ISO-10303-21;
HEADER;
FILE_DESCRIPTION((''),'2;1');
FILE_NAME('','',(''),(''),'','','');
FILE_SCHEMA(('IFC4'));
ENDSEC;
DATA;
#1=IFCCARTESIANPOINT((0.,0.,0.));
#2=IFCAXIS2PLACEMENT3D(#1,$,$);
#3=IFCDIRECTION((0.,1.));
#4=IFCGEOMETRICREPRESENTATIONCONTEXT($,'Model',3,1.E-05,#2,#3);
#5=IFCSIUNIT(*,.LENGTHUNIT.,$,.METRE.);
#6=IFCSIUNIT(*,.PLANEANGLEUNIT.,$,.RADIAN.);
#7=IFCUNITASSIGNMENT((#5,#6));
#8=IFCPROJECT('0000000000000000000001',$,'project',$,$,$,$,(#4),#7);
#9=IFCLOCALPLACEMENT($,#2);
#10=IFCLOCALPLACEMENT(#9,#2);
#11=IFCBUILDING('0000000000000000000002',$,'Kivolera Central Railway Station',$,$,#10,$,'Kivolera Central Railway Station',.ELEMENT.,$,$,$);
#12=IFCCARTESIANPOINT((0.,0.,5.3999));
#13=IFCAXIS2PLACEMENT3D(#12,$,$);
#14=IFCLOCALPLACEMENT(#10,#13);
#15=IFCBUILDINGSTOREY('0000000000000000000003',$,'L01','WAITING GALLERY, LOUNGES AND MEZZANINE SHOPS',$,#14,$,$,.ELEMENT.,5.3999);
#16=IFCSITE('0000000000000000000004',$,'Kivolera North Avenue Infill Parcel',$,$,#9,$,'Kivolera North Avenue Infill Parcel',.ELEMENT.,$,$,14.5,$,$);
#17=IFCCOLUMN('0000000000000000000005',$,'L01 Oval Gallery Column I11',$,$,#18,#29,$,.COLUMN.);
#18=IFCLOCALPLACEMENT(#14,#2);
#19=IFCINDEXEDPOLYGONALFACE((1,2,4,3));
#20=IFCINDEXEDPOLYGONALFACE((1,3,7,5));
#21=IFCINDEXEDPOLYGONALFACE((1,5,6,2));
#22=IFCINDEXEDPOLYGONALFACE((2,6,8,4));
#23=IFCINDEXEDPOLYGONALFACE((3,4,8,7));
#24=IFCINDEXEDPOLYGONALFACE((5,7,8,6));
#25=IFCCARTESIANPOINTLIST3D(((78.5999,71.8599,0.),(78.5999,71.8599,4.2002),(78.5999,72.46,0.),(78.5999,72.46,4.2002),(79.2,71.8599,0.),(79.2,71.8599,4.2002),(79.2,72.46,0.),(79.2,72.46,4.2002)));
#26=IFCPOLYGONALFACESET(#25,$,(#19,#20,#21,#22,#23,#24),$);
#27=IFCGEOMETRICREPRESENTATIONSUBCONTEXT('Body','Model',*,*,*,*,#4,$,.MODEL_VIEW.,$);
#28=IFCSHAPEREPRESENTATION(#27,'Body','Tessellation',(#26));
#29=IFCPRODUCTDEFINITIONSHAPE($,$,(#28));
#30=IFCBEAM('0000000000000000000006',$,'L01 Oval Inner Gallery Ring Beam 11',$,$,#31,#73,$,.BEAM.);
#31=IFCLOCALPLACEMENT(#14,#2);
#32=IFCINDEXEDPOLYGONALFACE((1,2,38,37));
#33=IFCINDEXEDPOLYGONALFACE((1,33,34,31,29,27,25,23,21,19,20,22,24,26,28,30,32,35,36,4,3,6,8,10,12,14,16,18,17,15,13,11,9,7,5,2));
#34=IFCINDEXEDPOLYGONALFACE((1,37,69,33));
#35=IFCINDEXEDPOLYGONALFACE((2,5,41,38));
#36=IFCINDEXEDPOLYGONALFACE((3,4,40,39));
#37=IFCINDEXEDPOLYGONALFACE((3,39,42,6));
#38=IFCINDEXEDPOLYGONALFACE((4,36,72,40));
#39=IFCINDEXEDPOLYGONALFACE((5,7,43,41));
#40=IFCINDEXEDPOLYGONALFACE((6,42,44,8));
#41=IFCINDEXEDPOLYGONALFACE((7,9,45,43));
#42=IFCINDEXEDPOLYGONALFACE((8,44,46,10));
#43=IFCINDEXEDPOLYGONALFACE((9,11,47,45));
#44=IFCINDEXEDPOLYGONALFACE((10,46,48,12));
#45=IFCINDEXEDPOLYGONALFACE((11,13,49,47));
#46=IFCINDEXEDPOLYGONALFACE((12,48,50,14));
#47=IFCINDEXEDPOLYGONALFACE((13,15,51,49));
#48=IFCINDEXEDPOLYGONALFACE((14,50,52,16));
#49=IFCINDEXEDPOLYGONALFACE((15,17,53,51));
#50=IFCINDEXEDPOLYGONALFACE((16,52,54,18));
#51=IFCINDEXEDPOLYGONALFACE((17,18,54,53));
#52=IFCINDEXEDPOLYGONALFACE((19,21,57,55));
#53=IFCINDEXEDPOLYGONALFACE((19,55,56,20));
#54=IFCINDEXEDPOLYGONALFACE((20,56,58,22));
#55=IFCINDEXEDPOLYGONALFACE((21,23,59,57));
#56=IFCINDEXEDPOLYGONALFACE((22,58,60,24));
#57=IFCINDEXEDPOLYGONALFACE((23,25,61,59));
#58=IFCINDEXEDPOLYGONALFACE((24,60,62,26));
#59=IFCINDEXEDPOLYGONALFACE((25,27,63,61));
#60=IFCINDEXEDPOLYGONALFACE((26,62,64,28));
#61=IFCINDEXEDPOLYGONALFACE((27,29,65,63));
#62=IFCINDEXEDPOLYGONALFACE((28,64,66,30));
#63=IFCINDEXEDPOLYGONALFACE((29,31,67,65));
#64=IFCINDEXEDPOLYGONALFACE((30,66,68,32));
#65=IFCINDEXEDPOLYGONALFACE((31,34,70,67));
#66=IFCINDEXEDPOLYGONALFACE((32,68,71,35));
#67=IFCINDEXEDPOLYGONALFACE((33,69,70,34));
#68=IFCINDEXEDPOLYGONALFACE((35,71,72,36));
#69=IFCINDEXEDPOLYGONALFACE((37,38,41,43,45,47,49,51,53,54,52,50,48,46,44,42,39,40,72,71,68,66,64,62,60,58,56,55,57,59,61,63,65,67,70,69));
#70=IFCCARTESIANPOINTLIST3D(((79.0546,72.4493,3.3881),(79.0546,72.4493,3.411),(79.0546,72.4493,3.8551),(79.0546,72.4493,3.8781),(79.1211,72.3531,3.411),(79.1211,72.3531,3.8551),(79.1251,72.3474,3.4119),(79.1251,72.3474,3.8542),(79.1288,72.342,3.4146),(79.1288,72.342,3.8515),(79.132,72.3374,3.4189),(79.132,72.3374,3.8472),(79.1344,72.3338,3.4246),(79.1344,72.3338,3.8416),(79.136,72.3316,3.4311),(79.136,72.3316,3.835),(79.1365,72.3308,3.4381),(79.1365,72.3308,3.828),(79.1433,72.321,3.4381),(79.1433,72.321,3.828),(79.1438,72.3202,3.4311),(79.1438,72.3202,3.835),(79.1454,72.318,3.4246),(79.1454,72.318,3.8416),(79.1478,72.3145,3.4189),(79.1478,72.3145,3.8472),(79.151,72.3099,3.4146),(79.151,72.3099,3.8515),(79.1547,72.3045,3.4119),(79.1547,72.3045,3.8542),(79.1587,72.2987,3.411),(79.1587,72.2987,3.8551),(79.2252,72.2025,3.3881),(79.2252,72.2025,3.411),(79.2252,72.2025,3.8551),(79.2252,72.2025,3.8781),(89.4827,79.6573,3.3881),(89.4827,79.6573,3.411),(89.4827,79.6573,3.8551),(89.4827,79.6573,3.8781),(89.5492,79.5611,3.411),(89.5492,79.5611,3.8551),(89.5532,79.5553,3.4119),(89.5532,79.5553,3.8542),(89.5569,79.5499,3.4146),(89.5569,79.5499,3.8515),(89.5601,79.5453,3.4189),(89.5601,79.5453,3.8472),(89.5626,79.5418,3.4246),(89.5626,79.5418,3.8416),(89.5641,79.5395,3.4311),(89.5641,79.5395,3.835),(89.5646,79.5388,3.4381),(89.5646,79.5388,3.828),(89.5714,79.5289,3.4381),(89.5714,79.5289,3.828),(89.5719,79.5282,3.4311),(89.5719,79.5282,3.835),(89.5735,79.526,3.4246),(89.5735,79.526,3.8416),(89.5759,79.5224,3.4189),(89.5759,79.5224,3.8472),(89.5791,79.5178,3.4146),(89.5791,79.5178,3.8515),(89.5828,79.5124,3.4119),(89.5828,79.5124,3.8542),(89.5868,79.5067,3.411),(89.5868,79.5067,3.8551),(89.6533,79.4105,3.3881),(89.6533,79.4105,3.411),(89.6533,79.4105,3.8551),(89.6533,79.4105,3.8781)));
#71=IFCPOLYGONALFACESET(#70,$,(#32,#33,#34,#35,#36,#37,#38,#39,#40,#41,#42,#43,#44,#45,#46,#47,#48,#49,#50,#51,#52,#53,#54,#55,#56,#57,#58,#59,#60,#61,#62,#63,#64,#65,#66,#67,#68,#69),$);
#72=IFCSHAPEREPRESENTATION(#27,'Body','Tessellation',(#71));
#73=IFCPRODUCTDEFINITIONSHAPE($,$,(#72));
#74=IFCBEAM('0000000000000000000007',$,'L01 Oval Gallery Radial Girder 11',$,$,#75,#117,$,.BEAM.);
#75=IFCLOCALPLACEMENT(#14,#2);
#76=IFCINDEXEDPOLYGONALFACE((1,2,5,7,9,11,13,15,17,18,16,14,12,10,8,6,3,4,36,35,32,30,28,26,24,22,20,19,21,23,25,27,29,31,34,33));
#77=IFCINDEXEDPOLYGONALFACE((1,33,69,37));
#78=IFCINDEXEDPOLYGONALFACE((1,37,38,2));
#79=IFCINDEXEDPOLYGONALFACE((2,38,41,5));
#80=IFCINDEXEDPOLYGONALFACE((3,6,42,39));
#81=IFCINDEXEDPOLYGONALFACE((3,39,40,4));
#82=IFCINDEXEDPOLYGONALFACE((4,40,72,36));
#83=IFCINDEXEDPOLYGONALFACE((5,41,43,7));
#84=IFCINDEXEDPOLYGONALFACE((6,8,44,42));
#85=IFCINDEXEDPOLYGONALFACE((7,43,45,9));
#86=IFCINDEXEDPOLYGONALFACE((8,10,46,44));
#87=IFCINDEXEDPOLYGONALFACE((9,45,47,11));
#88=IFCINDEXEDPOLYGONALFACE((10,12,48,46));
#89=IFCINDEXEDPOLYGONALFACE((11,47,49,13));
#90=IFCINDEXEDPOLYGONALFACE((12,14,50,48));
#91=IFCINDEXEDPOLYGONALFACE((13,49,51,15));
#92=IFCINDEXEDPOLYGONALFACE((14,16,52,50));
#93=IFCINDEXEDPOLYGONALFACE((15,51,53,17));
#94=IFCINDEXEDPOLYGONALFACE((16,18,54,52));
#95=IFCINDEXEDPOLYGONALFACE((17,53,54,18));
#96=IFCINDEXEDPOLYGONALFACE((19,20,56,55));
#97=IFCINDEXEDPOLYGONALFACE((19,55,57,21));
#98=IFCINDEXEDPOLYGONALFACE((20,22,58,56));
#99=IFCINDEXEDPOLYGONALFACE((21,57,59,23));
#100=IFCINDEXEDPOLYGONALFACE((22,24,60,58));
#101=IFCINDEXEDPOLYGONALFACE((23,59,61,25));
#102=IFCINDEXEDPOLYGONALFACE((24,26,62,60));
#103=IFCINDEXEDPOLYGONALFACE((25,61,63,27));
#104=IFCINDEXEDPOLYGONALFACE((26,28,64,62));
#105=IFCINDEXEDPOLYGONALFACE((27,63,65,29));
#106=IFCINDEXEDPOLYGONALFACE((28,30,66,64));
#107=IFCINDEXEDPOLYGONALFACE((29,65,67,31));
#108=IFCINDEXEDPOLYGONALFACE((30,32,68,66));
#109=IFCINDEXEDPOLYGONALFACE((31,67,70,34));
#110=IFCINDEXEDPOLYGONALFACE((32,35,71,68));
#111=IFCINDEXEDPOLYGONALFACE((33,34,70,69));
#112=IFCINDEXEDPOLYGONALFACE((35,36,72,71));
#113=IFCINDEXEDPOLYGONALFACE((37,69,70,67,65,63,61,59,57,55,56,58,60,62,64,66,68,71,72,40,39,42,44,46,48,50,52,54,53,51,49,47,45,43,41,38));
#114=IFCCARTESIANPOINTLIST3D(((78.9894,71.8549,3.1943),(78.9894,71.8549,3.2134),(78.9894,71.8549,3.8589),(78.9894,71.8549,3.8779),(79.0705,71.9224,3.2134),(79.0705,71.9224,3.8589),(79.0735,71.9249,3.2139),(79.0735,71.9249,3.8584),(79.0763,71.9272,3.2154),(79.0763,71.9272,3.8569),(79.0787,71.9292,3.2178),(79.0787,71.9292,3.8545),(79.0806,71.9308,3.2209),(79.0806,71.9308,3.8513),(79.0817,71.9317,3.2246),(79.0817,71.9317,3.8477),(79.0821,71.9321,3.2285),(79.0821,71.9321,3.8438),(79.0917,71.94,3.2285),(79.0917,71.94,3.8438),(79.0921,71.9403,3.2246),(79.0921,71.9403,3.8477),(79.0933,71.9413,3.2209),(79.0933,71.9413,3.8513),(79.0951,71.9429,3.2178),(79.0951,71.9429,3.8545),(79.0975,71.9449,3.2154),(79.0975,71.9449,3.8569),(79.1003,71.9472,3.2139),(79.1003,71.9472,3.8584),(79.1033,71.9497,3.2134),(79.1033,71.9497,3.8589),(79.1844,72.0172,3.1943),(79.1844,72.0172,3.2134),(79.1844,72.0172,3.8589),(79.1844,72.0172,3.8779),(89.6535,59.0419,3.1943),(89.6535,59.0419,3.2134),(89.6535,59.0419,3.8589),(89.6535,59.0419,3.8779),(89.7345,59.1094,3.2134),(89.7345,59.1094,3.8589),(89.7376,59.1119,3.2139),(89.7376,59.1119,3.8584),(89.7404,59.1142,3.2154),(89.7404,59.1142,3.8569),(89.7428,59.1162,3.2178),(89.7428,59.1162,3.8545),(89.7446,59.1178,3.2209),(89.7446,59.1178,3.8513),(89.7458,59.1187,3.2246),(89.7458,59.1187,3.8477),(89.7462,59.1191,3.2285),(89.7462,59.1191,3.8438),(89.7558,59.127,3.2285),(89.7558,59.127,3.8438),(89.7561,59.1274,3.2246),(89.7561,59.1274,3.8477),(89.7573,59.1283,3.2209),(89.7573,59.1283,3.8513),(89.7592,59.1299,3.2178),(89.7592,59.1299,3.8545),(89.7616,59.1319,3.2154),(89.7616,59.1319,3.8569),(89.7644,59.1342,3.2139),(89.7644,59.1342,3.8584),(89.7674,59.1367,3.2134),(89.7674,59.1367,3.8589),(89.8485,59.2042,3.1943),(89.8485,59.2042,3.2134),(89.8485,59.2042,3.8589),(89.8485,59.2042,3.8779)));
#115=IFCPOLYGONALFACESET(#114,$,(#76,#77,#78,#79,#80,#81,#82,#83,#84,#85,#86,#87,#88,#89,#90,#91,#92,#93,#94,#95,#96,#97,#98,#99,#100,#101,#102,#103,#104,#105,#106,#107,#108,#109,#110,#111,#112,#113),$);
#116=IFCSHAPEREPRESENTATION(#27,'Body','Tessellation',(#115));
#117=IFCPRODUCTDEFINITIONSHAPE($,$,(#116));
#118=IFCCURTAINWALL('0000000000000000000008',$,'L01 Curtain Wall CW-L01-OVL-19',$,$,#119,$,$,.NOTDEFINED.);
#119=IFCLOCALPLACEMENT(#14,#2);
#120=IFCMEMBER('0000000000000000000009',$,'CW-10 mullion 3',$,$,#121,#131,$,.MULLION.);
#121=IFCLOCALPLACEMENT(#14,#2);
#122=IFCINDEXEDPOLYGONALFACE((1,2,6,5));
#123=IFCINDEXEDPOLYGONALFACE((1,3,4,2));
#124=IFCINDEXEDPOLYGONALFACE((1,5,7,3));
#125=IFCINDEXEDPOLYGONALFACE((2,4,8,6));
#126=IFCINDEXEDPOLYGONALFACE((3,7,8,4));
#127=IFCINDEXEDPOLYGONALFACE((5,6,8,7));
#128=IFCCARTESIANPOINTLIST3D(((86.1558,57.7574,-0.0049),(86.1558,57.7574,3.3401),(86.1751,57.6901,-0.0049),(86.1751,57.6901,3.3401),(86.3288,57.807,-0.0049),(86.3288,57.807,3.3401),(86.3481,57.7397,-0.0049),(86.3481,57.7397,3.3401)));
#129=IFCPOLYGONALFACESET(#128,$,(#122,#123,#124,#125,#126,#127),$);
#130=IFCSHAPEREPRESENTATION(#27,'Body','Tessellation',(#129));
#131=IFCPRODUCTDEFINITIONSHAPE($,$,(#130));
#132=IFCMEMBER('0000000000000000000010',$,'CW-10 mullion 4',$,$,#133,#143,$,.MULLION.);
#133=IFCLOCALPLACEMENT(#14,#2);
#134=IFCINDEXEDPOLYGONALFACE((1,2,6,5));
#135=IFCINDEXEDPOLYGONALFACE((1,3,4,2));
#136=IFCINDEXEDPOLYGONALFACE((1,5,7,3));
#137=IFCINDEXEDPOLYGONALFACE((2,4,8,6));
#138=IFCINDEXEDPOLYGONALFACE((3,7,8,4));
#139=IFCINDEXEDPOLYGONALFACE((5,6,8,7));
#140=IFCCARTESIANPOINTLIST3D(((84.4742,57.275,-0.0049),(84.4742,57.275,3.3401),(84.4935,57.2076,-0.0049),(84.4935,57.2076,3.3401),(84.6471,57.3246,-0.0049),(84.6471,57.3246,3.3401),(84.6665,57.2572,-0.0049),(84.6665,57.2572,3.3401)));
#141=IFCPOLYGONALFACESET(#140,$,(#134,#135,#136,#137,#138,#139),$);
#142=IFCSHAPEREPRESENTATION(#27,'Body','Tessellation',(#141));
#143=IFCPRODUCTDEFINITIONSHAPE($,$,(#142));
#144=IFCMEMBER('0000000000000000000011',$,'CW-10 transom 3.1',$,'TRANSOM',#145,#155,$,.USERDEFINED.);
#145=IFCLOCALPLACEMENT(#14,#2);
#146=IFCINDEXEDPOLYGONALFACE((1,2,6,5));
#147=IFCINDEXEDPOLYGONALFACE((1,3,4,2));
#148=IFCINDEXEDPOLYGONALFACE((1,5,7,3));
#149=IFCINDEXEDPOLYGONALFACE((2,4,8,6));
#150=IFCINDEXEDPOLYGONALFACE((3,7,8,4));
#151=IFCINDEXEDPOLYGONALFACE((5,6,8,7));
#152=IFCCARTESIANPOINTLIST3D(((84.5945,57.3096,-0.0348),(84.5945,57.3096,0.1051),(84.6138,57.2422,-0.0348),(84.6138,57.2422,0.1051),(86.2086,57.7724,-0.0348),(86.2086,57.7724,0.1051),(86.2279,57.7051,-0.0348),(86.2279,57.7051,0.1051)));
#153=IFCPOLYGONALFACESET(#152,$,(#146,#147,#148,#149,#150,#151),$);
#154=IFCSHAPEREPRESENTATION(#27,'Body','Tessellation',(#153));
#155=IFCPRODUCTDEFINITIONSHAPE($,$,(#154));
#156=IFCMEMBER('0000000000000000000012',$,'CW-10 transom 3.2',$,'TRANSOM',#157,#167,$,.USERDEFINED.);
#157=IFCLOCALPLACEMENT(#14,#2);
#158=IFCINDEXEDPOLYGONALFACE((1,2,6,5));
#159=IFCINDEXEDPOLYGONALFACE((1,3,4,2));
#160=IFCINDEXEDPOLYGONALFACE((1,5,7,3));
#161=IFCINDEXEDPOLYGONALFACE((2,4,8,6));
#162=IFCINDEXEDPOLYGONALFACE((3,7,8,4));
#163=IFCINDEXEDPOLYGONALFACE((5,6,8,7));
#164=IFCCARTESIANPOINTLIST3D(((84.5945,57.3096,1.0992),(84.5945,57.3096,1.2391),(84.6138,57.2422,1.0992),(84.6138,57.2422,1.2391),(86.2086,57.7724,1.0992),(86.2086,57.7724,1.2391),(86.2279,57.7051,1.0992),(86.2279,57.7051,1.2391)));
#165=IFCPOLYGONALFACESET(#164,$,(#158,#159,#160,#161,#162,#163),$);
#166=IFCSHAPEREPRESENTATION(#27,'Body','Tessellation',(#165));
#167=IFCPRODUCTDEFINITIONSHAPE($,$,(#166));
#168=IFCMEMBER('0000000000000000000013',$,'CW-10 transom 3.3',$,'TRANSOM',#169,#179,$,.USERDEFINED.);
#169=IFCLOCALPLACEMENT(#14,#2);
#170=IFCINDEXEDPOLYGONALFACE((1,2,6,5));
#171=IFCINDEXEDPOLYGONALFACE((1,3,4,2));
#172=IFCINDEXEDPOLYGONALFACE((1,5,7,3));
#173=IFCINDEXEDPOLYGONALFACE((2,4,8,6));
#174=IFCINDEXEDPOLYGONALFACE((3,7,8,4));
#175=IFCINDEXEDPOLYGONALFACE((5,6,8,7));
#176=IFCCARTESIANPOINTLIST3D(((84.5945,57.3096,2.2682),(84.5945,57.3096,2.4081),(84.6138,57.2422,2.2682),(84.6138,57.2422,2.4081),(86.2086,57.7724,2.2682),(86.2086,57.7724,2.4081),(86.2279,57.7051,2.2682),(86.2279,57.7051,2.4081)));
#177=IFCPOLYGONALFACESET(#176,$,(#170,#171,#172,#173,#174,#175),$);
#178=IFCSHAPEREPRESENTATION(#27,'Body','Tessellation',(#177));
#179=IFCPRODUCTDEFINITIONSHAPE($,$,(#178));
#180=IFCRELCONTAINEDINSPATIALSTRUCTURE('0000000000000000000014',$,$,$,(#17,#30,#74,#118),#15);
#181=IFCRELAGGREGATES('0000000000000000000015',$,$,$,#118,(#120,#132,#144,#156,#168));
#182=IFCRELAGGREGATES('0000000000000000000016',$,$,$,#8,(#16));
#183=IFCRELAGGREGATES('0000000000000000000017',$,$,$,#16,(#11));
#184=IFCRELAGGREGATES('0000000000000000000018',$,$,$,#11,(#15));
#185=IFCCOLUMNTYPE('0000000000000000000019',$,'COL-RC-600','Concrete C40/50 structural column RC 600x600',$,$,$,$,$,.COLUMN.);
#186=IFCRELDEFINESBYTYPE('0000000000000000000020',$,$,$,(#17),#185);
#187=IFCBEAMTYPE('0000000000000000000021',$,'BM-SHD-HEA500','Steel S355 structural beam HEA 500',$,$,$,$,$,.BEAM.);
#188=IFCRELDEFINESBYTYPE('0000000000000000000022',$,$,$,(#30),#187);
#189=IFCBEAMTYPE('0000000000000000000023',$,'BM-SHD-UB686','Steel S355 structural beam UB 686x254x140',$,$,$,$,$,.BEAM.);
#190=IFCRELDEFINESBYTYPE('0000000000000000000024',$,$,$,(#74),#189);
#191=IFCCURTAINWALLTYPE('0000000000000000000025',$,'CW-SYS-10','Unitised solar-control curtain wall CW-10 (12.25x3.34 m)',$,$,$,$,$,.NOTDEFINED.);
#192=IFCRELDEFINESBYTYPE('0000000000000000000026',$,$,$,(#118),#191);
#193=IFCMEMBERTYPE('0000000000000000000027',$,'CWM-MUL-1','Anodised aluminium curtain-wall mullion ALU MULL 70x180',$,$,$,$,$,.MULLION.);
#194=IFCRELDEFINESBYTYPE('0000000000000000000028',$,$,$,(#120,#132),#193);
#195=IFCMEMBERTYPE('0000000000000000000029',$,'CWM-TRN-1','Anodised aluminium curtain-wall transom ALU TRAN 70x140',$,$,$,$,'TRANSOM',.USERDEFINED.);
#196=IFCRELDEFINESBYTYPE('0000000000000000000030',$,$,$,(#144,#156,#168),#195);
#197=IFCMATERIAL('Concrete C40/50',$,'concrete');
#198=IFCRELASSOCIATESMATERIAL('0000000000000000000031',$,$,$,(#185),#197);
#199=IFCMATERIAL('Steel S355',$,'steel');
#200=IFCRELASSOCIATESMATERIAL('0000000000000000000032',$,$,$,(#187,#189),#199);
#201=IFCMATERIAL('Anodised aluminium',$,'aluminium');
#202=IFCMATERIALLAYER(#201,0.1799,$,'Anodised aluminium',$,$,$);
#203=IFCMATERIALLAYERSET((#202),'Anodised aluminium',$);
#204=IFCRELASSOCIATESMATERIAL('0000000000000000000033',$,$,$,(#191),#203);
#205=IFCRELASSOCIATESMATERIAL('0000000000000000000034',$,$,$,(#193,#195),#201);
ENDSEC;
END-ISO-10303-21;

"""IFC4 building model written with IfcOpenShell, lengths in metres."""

from ifc_helpers import new_model, si_unit, direction, frame, origin, origin_2d, place, context, subcontext, project, spatial, rectangle, i_section, extrude, material, layer, layer_set, material_profile, profile_set, type_object, element, aggregate, save


model = new_model("IFC4")

# Units and contexts
model_context = context("Model", 3, precision=1e-05, world=origin(), true_north=direction((0.0, 1.0)))
body_context = subcontext(model_context, "Body", "Model", "MODEL_VIEW")
ifc_project = project(units=[si_unit("LENGTHUNIT", "METRE"), si_unit("PLANEANGLEUNIT", "RADIAN")], contexts=[model_context])

# Site, building, storey
site_placement = place(None, origin())
site = spatial("IfcSite", under=ifc_project, at=site_placement, Name="Kivolera North Avenue Infill Parcel", LongName="Kivolera North Avenue Infill Parcel", CompositionType="ELEMENT", RefElevation=14.5)
building_placement = place(site_placement, origin())
building = spatial("IfcBuilding", under=site, at=building_placement, Name="Kivolera Central Railway Station", LongName="Kivolera Central Railway Station", CompositionType="ELEMENT")
storey_placement = place(building_placement, frame((0.0, 0.0, 5.3999)))
storey = spatial("IfcBuildingStorey", under=building, at=storey_placement, Name="L01", Description="WAITING GALLERY, LOUNGES AND MEZZANINE SHOPS", CompositionType="ELEMENT", Elevation=5.3999)

# Column
ifc_material_1 = material(Name="Concrete C40/50", Category="concrete")
ifc_material_profile_1 = material_profile(ifc_material_1, rectangle(XDim=0.6001, YDim=0.6001, at=origin_2d()), Name="RC 600x600")
ifc_profile_set_1 = profile_set([ifc_material_profile_1], Name="Concrete C40/50")
column_type = type_object("IfcColumnType", Name="COL-RC-600", Description="Concrete C40/50 structural column RC 600x600", PredefinedType="COLUMN", material=ifc_profile_set_1)
column_placement = place(storey_placement, frame((78.8999, 72.1599, 0.0), z_axis=(0.0, 0.0, 1.0), x_axis=(1.0, 0.0, 0.0)))
element("IfcColumn", 1, at=column_placement, inside=storey, type_object=column_type, Name="L01 Oval Gallery Column I11", PredefinedType="COLUMN", context=body_context, shape_type="SweptSolid", body=[
    extrude(rectangle(XDim=0.6001, YDim=0.6001, at=origin_2d()), origin(), (0.0, 0.0, 1.0), 4.2002),
])

# Beams
ifc_material_2 = material(Name="Steel S355", Category="steel")
ifc_material_profile_2 = material_profile(ifc_material_2, i_section(OverallWidth=0.3, OverallDepth=0.49, WebThickness=0.012, FlangeThickness=0.0229, FilletRadius=0.0271, at=origin_2d()), Name="HEA 500")
ifc_profile_set_2 = profile_set([ifc_material_profile_2], Name="Steel S355")
beam_type_1 = type_object("IfcBeamType", Name="BM-SHD-HEA500", Description="Steel S355 structural beam HEA 500", PredefinedType="BEAM", material=ifc_profile_set_2)
beam_1_placement = place(storey_placement, frame((79.1399, 72.3259, 3.6331), z_axis=(0.822618, 0.568595, 0.0), x_axis=(-0.568595, 0.822618, 0.0)))
element("IfcBeam", 2, at=beam_1_placement, inside=storey, type_object=beam_type_1, Name="L01 Oval Inner Gallery Ring Beam 11", PredefinedType="BEAM", context=body_context, shape_type="SweptSolid", body=[
    extrude(i_section(OverallWidth=0.3, OverallDepth=0.49, WebThickness=0.012, FlangeThickness=0.0229, FilletRadius=0.0271, at=origin_2d()), origin(), (0.0, 0.0, 1.0), 12.6768),
])
ifc_material_profile_3 = material_profile(ifc_material_2, i_section(OverallWidth=0.2537, OverallDepth=0.6836, WebThickness=0.0125, FlangeThickness=0.019, FilletRadius=0.0151, at=origin_2d()), Name="UB 686x254x140")
ifc_profile_set_3 = profile_set([ifc_material_profile_3], Name="Steel S355")
beam_type_2 = type_object("IfcBeamType", Name="BM-SHD-UB686", Description="Steel S355 structural beam UB 686x254x140", PredefinedType="BEAM", material=ifc_profile_set_3)
beam_2_placement = place(storey_placement, frame((79.0869, 71.936, 3.5361), z_axis=(0.639709, -0.768617, 0.0), x_axis=(0.768617, 0.639709, 0.0)))
element("IfcBeam", 3, at=beam_2_placement, inside=storey, type_object=beam_type_2, Name="L01 Oval Gallery Radial Girder 11", PredefinedType="BEAM", context=body_context, shape_type="SweptSolid", body=[
    extrude(i_section(OverallWidth=0.2537, OverallDepth=0.6836, WebThickness=0.0125, FlangeThickness=0.019, FilletRadius=0.0151, at=origin_2d()), origin(), (0.0, 0.0, 1.0), 16.6702),
])

# Curtain wall, members
ifc_material_3 = material(Name="Anodised aluminium", Category="aluminium")
ifc_layer_1 = layer(ifc_material_3, 0.1799, Name="Anodised aluminium")
ifc_layer_set_1 = layer_set([ifc_layer_1], Name="Anodised aluminium")
curtain_wall_type = type_object("IfcCurtainWallType", Name="CW-SYS-10", Description="Unitised solar-control curtain wall CW-10 (12.25x3.34 m)", PredefinedType="NOTDEFINED", material=ifc_layer_set_1)
curtain_wall_placement = place(storey_placement, origin())
curtain_wall = element("IfcCurtainWall", 4, at=curtain_wall_placement, inside=storey, type_object=curtain_wall_type, Name="L01 Curtain Wall CW-L01-OVL-19", PredefinedType="NOTDEFINED")
ifc_material_profile_4 = material_profile(ifc_material_3, rectangle(XDim=0.0701, YDim=0.1799, at=origin_2d()), Name="ALU MULL 70x180")
ifc_profile_set_4 = profile_set([ifc_material_profile_4], Name="Anodised aluminium")
member_type_1 = type_object("IfcMemberType", Name="CWM-MUL-1", Description="Anodised aluminium curtain-wall mullion ALU MULL 70x180", PredefinedType="MULLION", material=ifc_profile_set_4)
member_1_placement = place(storey_placement, frame((86.252, 57.7485, -0.0049), z_axis=(0.0, 0.0, 1.0), x_axis=(0.275692, -0.961246, 0.0)))
member_1 = element("IfcMember", 5, at=member_1_placement, type_object=member_type_1, Name="CW-10 mullion 3", PredefinedType="MULLION", context=body_context, shape_type="SweptSolid", body=[
    extrude(rectangle(XDim=0.0701, YDim=0.1799, at=origin_2d()), origin(), (0.0, 0.0, 1.0), 3.345),
])
member_2_placement = place(storey_placement, frame((84.5703, 57.2661, -0.0049), z_axis=(0.0, 0.0, 1.0), x_axis=(0.275692, -0.961246, 0.0)))
member_2 = element("IfcMember", 6, at=member_2_placement, type_object=member_type_1, Name="CW-10 mullion 4", PredefinedType="MULLION", context=body_context, shape_type="SweptSolid", body=[
    extrude(rectangle(XDim=0.0701, YDim=0.1799, at=origin_2d()), origin(), (0.0, 0.0, 1.0), 3.345),
])
ifc_material_profile_5 = material_profile(ifc_material_3, rectangle(XDim=0.0701, YDim=0.1399, at=origin_2d()), Name="ALU TRAN 70x140")
ifc_profile_set_5 = profile_set([ifc_material_profile_5], Name="Anodised aluminium")
member_type_2 = type_object("IfcMemberType", Name="CWM-TRN-1", Description="Anodised aluminium curtain-wall transom ALU TRAN 70x140", ElementType="TRANSOM", PredefinedType="USERDEFINED", material=ifc_profile_set_5)
member_3_placement = place(storey_placement, frame((86.2183, 57.7388, 0.0352), z_axis=(-0.96126, -0.275643, 0.0), x_axis=(0.275643, -0.96126, 0.0)))
member_3 = element("IfcMember", 7, at=member_3_placement, type_object=member_type_2, Name="CW-10 transom 3.1", ObjectType="TRANSOM", PredefinedType="USERDEFINED", context=body_context, shape_type="SweptSolid", body=[
    extrude(rectangle(XDim=0.0701, YDim=0.1399, at=origin_2d()), origin(), (0.0, 0.0, 1.0), 1.6792),
])
member_4_placement = place(storey_placement, frame((86.2183, 57.7388, 1.1692), z_axis=(-0.96126, -0.275643, 0.0), x_axis=(0.275643, -0.96126, 0.0)))
member_4 = element("IfcMember", 8, at=member_4_placement, type_object=member_type_2, Name="CW-10 transom 3.2", ObjectType="TRANSOM", PredefinedType="USERDEFINED", context=body_context, shape_type="SweptSolid", body=[
    extrude(rectangle(XDim=0.0701, YDim=0.1399, at=origin_2d()), origin(), (0.0, 0.0, 1.0), 1.6792),
])
member_5_placement = place(storey_placement, frame((86.2183, 57.7388, 2.3381), z_axis=(-0.96126, -0.275643, 0.0), x_axis=(0.275643, -0.96126, 0.0)))
member_5 = element("IfcMember", 9, at=member_5_placement, type_object=member_type_2, Name="CW-10 transom 3.3", ObjectType="TRANSOM", PredefinedType="USERDEFINED", context=body_context, shape_type="SweptSolid", body=[
    extrude(rectangle(XDim=0.0701, YDim=0.1399, at=origin_2d()), origin(), (0.0, 0.0, 1.0), 1.6792),
])
aggregate(curtain_wall, [member_1, member_2, member_3, member_4, member_5])

save(model, "model.ifc")
